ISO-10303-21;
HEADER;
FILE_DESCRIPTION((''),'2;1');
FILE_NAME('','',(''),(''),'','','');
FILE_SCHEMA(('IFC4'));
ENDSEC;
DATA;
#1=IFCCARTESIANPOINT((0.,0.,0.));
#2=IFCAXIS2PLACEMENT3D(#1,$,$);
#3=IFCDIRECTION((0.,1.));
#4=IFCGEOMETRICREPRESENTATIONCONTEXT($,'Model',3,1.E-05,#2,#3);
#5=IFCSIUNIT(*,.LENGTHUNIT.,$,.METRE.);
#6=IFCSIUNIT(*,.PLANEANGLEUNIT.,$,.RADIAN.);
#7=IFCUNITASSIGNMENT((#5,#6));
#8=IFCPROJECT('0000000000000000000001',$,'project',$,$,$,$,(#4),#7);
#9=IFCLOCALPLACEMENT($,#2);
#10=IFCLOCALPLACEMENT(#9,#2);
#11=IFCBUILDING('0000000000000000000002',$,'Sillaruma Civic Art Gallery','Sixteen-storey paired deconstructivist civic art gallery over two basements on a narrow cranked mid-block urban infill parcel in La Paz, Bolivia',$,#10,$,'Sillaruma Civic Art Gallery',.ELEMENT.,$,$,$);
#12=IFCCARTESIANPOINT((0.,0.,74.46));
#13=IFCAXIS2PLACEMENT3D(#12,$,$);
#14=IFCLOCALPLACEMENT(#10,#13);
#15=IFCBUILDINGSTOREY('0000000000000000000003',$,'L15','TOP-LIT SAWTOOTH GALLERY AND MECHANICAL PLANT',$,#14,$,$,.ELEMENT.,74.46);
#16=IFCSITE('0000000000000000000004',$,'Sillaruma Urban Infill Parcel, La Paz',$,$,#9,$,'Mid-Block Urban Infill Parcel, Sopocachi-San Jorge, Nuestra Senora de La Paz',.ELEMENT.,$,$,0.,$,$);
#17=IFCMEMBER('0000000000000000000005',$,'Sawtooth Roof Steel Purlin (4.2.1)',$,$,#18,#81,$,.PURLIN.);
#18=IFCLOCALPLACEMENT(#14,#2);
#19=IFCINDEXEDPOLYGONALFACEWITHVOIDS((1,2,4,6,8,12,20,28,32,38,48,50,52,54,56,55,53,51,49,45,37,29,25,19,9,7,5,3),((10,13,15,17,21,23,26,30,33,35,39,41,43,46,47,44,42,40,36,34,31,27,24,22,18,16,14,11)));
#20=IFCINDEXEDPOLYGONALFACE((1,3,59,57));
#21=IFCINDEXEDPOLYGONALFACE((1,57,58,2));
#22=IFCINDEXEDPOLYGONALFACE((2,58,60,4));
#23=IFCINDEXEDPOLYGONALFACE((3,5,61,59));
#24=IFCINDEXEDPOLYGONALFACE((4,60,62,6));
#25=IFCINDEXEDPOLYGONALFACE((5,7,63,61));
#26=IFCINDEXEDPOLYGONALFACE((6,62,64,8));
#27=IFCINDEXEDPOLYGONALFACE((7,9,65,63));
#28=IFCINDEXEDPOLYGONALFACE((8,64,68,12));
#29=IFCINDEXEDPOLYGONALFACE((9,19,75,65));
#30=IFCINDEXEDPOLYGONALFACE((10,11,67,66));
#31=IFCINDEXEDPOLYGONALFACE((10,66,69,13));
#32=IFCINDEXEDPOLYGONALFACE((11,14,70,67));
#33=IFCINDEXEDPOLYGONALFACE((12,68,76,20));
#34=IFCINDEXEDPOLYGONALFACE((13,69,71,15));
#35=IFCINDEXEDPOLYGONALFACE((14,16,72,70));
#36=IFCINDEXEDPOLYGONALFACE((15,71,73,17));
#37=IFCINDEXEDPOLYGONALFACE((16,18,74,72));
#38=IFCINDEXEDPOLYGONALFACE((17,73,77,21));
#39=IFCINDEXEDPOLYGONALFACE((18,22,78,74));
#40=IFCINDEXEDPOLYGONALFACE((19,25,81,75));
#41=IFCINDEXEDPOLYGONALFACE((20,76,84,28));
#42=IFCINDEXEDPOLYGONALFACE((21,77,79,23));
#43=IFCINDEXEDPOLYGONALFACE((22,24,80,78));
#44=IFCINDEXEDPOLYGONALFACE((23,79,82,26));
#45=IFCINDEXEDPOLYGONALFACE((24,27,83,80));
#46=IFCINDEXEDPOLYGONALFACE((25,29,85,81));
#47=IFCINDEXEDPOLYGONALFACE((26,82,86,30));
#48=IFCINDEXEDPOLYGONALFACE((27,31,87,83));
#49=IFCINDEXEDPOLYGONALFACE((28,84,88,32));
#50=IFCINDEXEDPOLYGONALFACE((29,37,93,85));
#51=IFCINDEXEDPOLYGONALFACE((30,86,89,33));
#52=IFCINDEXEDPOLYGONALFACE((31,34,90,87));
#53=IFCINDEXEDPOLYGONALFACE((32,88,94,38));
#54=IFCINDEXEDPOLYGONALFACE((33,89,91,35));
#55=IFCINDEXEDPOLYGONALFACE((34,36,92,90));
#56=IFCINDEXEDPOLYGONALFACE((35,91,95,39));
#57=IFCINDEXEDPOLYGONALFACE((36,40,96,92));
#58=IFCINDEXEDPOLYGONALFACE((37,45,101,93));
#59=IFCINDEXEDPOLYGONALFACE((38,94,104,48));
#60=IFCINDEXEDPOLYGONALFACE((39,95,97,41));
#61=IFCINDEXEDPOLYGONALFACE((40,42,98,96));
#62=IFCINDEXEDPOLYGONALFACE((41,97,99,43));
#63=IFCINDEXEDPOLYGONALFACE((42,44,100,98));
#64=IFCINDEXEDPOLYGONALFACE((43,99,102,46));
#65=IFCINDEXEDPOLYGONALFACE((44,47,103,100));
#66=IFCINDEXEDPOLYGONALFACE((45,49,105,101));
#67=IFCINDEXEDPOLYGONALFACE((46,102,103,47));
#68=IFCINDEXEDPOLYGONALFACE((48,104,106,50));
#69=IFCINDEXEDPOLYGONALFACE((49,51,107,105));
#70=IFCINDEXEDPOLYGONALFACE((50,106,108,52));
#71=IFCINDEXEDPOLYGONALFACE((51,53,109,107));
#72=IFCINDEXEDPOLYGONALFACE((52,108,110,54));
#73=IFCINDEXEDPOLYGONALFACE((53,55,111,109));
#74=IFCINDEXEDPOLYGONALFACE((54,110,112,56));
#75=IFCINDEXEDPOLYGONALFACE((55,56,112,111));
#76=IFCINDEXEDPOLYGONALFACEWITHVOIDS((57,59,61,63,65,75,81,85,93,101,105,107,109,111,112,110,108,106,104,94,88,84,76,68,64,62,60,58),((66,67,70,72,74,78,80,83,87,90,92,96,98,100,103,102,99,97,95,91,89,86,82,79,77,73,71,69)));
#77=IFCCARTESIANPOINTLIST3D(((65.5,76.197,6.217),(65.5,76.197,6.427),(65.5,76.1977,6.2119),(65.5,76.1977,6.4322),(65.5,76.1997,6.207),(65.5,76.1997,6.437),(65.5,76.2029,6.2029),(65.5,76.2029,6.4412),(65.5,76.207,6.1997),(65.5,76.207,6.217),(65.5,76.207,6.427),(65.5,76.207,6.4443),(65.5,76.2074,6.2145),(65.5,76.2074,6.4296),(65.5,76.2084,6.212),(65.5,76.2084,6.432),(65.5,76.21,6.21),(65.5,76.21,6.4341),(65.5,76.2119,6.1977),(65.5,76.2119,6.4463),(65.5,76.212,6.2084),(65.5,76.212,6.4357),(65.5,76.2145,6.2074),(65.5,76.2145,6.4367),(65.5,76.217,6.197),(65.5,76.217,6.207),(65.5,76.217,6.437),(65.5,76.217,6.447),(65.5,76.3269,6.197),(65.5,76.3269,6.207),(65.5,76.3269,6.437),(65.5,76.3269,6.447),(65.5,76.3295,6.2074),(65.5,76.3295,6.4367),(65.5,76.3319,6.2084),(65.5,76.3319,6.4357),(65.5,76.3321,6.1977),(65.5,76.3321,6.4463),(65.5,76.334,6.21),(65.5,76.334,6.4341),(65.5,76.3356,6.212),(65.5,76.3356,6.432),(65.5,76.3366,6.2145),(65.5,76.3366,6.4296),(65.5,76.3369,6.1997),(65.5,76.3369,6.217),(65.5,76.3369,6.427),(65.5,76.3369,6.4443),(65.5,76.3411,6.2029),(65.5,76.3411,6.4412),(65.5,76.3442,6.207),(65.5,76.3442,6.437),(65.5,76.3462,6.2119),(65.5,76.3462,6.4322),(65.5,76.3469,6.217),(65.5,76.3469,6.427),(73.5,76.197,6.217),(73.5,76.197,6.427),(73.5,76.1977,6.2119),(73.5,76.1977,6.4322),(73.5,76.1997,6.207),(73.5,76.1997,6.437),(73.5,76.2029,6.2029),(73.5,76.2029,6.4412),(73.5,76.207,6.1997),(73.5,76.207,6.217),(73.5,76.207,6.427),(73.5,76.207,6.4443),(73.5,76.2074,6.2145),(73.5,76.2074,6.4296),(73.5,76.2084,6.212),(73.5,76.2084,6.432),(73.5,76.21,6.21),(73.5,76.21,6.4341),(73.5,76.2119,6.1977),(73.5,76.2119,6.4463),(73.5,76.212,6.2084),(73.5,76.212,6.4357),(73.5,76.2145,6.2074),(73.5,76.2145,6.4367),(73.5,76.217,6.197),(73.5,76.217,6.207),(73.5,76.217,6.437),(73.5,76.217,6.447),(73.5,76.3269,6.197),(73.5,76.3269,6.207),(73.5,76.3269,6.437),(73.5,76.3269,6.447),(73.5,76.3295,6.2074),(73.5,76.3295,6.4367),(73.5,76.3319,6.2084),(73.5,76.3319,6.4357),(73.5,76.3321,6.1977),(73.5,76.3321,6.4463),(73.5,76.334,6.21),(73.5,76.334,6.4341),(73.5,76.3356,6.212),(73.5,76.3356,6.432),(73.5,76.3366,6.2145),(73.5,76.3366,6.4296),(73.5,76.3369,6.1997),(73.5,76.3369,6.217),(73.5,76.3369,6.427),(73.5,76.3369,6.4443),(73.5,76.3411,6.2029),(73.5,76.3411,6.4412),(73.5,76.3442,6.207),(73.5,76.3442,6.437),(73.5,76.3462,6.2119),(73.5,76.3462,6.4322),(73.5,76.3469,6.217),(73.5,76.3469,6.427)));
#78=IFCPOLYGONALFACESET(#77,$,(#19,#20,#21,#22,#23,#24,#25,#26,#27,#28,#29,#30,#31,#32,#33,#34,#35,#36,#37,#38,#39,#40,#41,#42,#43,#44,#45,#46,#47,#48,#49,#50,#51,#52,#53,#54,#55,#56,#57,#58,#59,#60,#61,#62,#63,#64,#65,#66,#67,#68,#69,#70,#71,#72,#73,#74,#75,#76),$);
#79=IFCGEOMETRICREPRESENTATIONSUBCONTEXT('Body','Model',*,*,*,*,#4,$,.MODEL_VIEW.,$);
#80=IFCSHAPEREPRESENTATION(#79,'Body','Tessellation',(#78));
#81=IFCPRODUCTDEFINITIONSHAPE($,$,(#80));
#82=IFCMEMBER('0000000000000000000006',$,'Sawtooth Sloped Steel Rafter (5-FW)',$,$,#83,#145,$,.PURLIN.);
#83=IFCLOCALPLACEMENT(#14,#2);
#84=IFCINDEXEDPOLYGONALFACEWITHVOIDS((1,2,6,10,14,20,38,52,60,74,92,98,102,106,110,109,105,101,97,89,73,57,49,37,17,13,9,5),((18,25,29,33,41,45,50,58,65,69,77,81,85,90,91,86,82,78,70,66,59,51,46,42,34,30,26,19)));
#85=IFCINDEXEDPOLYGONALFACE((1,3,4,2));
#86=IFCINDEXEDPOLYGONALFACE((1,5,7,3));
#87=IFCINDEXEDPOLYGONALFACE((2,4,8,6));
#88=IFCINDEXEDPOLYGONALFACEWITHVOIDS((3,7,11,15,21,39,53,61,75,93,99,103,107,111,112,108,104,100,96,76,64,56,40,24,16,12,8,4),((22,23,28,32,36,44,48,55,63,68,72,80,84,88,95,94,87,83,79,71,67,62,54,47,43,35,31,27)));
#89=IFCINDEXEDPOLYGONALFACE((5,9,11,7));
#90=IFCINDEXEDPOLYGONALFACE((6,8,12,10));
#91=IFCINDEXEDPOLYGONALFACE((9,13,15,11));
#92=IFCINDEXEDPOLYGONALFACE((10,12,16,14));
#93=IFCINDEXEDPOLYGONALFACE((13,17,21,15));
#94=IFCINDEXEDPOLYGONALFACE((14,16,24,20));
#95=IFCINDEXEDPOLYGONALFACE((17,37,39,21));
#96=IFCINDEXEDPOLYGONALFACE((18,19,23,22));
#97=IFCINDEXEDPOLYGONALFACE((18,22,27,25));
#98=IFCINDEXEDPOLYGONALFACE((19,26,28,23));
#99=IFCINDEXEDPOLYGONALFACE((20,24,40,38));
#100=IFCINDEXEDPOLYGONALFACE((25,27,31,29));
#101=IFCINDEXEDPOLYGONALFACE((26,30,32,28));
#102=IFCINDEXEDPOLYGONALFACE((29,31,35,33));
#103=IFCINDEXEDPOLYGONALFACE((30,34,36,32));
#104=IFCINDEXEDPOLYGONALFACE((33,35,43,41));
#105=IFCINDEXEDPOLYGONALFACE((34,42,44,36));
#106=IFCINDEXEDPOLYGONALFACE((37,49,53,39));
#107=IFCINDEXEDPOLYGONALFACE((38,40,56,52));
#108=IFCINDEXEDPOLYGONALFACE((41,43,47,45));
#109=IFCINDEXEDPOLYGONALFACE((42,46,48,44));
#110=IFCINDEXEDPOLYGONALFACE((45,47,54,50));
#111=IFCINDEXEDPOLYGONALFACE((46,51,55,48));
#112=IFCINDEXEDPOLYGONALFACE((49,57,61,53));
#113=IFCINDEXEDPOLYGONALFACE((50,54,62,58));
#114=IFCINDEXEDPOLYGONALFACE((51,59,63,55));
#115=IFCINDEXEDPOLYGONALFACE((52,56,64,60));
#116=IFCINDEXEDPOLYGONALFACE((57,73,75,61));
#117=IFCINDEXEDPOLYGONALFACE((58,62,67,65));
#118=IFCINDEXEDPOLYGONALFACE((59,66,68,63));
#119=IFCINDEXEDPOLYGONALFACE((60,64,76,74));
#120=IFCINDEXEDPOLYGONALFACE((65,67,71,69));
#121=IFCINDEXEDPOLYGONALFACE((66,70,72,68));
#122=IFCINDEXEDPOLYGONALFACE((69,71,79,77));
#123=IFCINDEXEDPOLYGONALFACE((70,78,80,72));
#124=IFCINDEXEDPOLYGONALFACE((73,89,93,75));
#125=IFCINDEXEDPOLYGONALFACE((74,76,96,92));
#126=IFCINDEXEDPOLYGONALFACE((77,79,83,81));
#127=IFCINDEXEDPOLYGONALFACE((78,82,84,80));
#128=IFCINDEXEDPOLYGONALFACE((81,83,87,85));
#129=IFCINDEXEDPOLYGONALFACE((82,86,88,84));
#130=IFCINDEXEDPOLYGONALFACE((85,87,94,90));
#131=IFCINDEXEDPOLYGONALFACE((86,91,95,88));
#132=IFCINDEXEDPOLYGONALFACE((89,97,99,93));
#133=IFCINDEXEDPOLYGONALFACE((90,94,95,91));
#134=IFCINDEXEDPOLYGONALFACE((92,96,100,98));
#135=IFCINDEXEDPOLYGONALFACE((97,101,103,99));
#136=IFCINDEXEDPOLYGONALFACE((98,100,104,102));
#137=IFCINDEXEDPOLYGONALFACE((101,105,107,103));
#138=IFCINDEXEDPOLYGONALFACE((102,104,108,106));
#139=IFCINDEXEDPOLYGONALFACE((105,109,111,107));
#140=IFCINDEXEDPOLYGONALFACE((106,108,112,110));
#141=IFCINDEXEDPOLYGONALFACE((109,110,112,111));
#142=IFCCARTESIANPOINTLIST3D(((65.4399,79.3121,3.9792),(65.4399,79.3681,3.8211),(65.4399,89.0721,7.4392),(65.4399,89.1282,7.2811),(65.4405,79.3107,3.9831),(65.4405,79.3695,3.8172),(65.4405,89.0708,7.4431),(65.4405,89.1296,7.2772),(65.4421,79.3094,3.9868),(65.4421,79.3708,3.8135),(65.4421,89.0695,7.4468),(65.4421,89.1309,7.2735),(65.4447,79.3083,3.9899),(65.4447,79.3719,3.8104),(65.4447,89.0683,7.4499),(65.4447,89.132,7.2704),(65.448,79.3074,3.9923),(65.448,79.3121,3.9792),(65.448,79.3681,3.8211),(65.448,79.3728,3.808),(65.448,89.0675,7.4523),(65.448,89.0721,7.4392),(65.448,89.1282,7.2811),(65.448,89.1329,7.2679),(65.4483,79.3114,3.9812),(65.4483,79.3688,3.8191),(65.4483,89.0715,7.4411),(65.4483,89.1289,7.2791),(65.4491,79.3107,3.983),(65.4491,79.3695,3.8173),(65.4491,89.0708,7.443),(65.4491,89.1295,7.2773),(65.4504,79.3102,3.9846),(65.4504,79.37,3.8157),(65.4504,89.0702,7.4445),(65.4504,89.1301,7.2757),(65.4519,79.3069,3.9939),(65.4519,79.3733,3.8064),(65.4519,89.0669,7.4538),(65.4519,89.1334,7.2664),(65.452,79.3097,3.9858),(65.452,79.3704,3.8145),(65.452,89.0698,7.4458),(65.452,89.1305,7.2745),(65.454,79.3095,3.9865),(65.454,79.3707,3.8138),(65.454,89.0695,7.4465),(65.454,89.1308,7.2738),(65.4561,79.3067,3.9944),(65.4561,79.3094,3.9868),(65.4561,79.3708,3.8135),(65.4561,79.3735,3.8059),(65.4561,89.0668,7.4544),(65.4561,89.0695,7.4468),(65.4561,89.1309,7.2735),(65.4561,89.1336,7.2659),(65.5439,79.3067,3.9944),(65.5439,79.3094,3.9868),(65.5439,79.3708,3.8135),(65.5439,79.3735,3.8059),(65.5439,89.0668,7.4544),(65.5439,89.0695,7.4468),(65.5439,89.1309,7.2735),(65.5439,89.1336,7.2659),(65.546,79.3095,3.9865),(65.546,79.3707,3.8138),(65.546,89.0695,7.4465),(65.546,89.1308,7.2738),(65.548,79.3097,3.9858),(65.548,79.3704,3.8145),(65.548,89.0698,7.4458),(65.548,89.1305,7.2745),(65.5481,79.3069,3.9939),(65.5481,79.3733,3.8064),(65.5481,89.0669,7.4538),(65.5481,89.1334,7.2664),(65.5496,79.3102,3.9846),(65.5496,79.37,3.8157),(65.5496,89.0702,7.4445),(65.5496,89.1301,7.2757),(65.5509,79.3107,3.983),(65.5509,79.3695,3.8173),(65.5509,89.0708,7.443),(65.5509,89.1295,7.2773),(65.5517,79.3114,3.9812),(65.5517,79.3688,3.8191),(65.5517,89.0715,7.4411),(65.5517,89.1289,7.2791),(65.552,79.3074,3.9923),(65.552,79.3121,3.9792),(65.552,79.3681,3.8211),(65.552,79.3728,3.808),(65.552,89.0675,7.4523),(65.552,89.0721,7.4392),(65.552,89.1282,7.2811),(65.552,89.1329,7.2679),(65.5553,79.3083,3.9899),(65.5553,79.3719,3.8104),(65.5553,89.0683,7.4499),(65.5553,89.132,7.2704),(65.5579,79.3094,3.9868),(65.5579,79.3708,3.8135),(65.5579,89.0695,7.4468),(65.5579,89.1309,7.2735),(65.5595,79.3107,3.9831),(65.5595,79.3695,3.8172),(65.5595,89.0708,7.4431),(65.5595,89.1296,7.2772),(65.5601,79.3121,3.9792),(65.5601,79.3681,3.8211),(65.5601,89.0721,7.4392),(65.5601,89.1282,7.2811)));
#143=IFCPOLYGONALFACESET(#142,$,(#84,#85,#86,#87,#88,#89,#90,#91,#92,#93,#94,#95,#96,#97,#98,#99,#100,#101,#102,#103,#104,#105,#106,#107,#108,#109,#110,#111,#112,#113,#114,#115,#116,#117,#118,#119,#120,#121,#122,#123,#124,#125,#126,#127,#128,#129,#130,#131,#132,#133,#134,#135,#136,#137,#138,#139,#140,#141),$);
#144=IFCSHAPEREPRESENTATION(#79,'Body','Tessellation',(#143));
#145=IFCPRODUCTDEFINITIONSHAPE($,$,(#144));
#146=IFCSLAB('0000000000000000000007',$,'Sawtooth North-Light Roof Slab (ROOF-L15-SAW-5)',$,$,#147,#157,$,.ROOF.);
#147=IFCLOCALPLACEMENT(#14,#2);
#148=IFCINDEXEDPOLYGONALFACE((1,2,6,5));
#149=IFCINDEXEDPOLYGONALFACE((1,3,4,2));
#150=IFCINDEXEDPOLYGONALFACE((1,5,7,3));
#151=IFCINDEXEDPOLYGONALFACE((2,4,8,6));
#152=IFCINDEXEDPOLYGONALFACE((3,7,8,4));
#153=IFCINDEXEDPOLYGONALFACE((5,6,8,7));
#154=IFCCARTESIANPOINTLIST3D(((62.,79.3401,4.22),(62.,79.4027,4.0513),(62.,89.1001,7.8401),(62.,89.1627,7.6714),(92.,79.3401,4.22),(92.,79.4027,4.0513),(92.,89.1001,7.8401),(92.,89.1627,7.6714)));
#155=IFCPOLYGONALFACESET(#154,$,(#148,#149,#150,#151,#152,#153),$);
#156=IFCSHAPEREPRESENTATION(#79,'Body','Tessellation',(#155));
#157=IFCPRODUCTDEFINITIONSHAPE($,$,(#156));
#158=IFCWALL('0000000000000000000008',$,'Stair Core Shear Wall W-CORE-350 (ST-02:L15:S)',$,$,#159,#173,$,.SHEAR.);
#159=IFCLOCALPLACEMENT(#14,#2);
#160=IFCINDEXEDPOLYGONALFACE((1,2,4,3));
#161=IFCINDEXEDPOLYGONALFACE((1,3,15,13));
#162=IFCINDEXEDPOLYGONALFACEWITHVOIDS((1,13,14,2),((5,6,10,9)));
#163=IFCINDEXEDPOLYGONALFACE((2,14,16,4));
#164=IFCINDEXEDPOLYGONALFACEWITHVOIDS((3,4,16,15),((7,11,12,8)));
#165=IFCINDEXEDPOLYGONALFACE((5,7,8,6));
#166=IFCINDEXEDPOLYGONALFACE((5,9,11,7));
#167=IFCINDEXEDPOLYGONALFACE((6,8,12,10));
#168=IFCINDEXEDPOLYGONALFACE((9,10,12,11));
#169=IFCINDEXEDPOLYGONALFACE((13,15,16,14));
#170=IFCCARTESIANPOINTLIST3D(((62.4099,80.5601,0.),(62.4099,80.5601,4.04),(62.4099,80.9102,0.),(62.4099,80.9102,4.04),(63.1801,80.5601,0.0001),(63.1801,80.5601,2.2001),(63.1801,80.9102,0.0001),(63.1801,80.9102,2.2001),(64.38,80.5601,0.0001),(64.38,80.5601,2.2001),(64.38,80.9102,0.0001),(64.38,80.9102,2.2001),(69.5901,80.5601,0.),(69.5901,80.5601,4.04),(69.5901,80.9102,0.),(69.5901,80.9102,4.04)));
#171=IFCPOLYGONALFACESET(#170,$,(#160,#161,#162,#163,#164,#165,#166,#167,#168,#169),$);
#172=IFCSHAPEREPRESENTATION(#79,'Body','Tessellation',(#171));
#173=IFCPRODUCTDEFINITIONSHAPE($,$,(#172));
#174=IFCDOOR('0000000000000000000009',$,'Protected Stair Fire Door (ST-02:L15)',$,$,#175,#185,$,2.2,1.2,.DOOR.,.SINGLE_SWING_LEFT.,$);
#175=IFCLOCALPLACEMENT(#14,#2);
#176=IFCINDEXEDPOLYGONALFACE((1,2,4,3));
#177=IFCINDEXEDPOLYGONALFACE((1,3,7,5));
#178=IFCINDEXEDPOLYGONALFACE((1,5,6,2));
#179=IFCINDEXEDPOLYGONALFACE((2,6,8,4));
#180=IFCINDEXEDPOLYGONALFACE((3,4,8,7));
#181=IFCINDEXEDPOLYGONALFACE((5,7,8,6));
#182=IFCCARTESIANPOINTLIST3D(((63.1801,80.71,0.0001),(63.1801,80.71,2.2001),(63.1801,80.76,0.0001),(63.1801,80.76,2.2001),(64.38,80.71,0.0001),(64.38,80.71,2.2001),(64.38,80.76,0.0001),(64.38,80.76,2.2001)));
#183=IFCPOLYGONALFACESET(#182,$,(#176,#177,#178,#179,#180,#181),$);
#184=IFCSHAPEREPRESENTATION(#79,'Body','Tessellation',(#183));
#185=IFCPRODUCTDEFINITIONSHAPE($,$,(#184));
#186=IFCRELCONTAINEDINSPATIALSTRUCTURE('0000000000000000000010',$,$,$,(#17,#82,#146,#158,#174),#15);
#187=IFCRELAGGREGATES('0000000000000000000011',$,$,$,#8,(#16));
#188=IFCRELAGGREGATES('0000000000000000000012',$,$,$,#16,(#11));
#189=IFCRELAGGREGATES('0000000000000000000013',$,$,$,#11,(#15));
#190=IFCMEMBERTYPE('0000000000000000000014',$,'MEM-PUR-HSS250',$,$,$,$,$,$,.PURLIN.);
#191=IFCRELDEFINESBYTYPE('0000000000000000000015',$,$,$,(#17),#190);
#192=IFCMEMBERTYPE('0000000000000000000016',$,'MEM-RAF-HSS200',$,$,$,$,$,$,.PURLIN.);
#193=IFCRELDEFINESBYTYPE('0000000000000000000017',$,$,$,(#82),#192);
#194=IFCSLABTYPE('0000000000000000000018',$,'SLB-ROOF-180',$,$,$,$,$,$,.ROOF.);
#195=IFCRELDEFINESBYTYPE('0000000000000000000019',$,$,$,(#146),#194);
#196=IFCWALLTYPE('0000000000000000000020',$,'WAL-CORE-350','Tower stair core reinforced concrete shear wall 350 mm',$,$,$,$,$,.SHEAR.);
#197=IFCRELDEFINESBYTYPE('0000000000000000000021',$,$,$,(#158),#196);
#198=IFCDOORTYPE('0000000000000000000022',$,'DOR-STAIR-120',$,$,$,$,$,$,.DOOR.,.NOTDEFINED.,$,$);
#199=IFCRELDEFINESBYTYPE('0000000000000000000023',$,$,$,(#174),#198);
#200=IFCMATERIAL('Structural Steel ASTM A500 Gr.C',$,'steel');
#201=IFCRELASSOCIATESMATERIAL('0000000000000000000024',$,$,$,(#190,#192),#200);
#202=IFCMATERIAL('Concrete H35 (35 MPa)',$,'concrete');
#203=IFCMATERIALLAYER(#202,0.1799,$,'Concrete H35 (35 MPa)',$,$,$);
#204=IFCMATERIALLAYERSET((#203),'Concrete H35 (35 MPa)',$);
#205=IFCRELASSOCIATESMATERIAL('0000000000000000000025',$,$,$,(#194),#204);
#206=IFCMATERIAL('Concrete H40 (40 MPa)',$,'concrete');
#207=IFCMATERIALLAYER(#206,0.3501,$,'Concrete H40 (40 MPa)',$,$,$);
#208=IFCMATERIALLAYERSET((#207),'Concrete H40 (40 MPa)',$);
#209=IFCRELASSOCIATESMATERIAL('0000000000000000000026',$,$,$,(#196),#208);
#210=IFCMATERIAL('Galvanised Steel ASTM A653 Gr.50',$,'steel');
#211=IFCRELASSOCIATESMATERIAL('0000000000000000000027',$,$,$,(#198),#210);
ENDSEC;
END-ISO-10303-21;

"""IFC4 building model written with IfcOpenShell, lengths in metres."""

from ifc_helpers import new_model, si_unit, direction, frame, frame_2d, origin, origin_2d, place, context, subcontext, project, spatial, polyline, rectangle, hollow_rectangle, outline, extrude, material, layer, layer_set, material_profile, profile_set, type_object, element, fill, save


model = new_model("IFC4")

# Units and contexts
model_context = context("Model", 3, precision=1e-05, world=origin(), true_north=direction((0.0, 1.0)))
body_context = subcontext(model_context, "Body", "Model", "MODEL_VIEW")
ifc_project = project(units=[si_unit("LENGTHUNIT", "METRE"), si_unit("PLANEANGLEUNIT", "RADIAN")], contexts=[model_context])

# Site, building, storey
site_placement = place(None, origin())
site = spatial("IfcSite", under=ifc_project, at=site_placement, Name="Sillaruma Urban Infill Parcel, La Paz", LongName="Mid-Block Urban Infill Parcel, Sopocachi-San Jorge, Nuestra Senora de La Paz", CompositionType="ELEMENT", RefElevation=0.0)
building_placement = place(site_placement, origin())
building = spatial("IfcBuilding", under=site, at=building_placement, Name="Sillaruma Civic Art Gallery", Description="Sixteen-storey paired deconstructivist civic art gallery over two basements on a narrow cranked mid-block urban infill parcel in La Paz, Bolivia", LongName="Sillaruma Civic Art Gallery", CompositionType="ELEMENT")
storey_placement = place(building_placement, frame((0.0, 0.0, 74.46)))
storey = spatial("IfcBuildingStorey", under=building, at=storey_placement, Name="L15", Description="TOP-LIT SAWTOOTH GALLERY AND MECHANICAL PLANT", CompositionType="ELEMENT", Elevation=74.46)

# Shared definitions
ifc_material_1 = material(Name="Concrete H40 (40 MPa)", Category="concrete")

# Shared definitions
ifc_material_2 = material(Name="Concrete H35 (35 MPa)", Category="concrete")

# Members
ifc_material_3 = material(Name="Structural Steel ASTM A500 Gr.C", Category="steel")
ifc_material_profile_1 = material_profile(ifc_material_3, hollow_rectangle(XDim=0.1499, YDim=0.25, WallThickness=0.01, InnerFilletRadius=0.01, OuterFilletRadius=0.02, at=origin_2d()), Name="HSS250x150x10")
ifc_profile_set_1 = profile_set([ifc_material_profile_1], Name="Structural Steel ASTM A500 Gr.C")
member_type_1 = type_object("IfcMemberType", Name="MEM-PUR-HSS250", PredefinedType="PURLIN", material=ifc_profile_set_1)
member_1_placement = place(storey_placement, frame((65.5, 76.272, 6.322), z_axis=(1.0, 0.0, 0.0), x_axis=(0.0, 1.0, 0.0)))
element("IfcMember", 1, at=member_1_placement, inside=storey, type_object=member_type_1, Name="Sawtooth Roof Steel Purlin (4.2.1)", PredefinedType="PURLIN", context=body_context, shape_type="SweptSolid", body=[
    extrude(hollow_rectangle(XDim=0.1499, YDim=0.25, WallThickness=0.01, InnerFilletRadius=0.01, OuterFilletRadius=0.02, at=origin_2d()), origin(), (0.0, 0.0, 1.0), 8.0),
])
ifc_material_profile_2 = material_profile(ifc_material_3, hollow_rectangle(XDim=0.1201, YDim=0.2, WallThickness=0.0081, InnerFilletRadius=0.0081, OuterFilletRadius=0.0161, at=origin_2d()), Name="HSS200x120x8")
ifc_profile_set_2 = profile_set([ifc_material_profile_2], Name="Structural Steel ASTM A500 Gr.C")
member_type_2 = type_object("IfcMemberType", Name="MEM-RAF-HSS200", PredefinedType="PURLIN", material=ifc_profile_set_2)
member_2_placement = place(storey_placement, frame((65.5, 79.3401, 3.9001), z_axis=(0.0, 0.942527, 0.33413), x_axis=(-1.0, 0.0, 0.0)))
element("IfcMember", 2, at=member_2_placement, inside=storey, type_object=member_type_2, Name="Sawtooth Sloped Steel Rafter (5-FW)", PredefinedType="PURLIN", context=body_context, shape_type="SweptSolid", body=[
    extrude(hollow_rectangle(XDim=0.1201, YDim=0.2, WallThickness=0.0081, InnerFilletRadius=0.0081, OuterFilletRadius=0.0161, at=origin_2d()), origin(), (0.0, 0.0, 1.0), 10.3552),
])

# Slab
ifc_layer_1 = layer(ifc_material_2, 0.1799, Name="Concrete H35 (35 MPa)")
ifc_layer_set_1 = layer_set([ifc_layer_1], Name="Concrete H35 (35 MPa)")
slab_type = type_object("IfcSlabType", Name="SLB-ROOF-180", PredefinedType="ROOF", material=ifc_layer_set_1)
slab_placement = place(storey_placement, frame((62.0, 79.3401, 4.22), z_axis=(0.0, -0.347762, 0.937583), x_axis=(1.0, 0.0, 0.0)))
element("IfcSlab", 3, at=slab_placement, inside=storey, type_object=slab_type, Name="Sawtooth North-Light Roof Slab (ROOF-L15-SAW-5)", PredefinedType="ROOF", context=body_context, shape_type="SweptSolid", body=[
    extrude(outline(polyline([(0.0, 0.0), (30.0, 0.0), (30.0, 10.4098), (0.0, 10.4098), (0.0, 0.0)])), origin(), (0.0, 0.0, -1.0), 0.1799),
])

# Wall, opening, door
ifc_layer_2 = layer(ifc_material_1, 0.3501, Name="Concrete H40 (40 MPa)")
ifc_layer_set_2 = layer_set([ifc_layer_2], Name="Concrete H40 (40 MPa)")
wall_type_1 = type_object("IfcWallType", Name="WAL-CORE-350", Description="Tower stair core reinforced concrete shear wall 350 mm", PredefinedType="SHEAR", material=ifc_layer_set_2)
wall_1_placement = place(storey_placement, frame((62.4099, 80.7351, 0.0), z_axis=(0.0, 0.0, 1.0), x_axis=(1.0, 0.0, 0.0)))
wall_1 = element("IfcWall", 4, at=wall_1_placement, inside=storey, type_object=wall_type_1, Name="Stair Core Shear Wall W-CORE-350 (ST-02:L15:S)", PredefinedType="SHEAR", context=body_context, shape_type="SweptSolid", body=[
    extrude(rectangle(XDim=7.1802, YDim=0.3501, at=frame_2d((3.5901, 0.0))), origin(), (0.0, 0.0, 1.0), 4.04),
])
opening_1_placement = place(wall_1_placement, frame((0.77, 0.0, 0.0)))
opening_1 = element("IfcOpeningElement", 5, at=opening_1_placement, cuts=wall_1, PredefinedType="OPENING", context=body_context, shape_type="SweptSolid", body=[
    extrude(rectangle(XDim=1.2, YDim=2.2, at=frame_2d((0.6001, 1.1001))), frame((0.0, 0.1851, 0.0), z_axis=(0.0, -1.0, 0.0), x_axis=(1.0, 0.0, 0.0)), (0.0, 0.0, 1.0), 0.3701),
])
ifc_material_4 = material(Name="Galvanised Steel ASTM A653 Gr.50", Category="steel")
door_type = type_object("IfcDoorType", Name="DOR-STAIR-120", OperationType="NOTDEFINED", PredefinedType="DOOR", material=ifc_material_4)
door_placement = place(opening_1_placement, origin())
door = element("IfcDoor", 6, at=door_placement, inside=storey, type_object=door_type, Name="Protected Stair Fire Door (ST-02:L15)", OperationType="SINGLE_SWING_LEFT", OverallHeight=2.2, OverallWidth=1.2, PredefinedType="DOOR", context=body_context, shape_type="SweptSolid", body=[
    extrude(rectangle(XDim=1.2, YDim=2.2, at=frame_2d((0.6001, 1.1001))), frame((0.0, 0.0249, 0.0), z_axis=(0.0, -1.0, 0.0), x_axis=(1.0, 0.0, 0.0)), (0.0, 0.0, 1.0), 0.05),
])
fill(opening_1, door)

save(model, "model.ifc")
